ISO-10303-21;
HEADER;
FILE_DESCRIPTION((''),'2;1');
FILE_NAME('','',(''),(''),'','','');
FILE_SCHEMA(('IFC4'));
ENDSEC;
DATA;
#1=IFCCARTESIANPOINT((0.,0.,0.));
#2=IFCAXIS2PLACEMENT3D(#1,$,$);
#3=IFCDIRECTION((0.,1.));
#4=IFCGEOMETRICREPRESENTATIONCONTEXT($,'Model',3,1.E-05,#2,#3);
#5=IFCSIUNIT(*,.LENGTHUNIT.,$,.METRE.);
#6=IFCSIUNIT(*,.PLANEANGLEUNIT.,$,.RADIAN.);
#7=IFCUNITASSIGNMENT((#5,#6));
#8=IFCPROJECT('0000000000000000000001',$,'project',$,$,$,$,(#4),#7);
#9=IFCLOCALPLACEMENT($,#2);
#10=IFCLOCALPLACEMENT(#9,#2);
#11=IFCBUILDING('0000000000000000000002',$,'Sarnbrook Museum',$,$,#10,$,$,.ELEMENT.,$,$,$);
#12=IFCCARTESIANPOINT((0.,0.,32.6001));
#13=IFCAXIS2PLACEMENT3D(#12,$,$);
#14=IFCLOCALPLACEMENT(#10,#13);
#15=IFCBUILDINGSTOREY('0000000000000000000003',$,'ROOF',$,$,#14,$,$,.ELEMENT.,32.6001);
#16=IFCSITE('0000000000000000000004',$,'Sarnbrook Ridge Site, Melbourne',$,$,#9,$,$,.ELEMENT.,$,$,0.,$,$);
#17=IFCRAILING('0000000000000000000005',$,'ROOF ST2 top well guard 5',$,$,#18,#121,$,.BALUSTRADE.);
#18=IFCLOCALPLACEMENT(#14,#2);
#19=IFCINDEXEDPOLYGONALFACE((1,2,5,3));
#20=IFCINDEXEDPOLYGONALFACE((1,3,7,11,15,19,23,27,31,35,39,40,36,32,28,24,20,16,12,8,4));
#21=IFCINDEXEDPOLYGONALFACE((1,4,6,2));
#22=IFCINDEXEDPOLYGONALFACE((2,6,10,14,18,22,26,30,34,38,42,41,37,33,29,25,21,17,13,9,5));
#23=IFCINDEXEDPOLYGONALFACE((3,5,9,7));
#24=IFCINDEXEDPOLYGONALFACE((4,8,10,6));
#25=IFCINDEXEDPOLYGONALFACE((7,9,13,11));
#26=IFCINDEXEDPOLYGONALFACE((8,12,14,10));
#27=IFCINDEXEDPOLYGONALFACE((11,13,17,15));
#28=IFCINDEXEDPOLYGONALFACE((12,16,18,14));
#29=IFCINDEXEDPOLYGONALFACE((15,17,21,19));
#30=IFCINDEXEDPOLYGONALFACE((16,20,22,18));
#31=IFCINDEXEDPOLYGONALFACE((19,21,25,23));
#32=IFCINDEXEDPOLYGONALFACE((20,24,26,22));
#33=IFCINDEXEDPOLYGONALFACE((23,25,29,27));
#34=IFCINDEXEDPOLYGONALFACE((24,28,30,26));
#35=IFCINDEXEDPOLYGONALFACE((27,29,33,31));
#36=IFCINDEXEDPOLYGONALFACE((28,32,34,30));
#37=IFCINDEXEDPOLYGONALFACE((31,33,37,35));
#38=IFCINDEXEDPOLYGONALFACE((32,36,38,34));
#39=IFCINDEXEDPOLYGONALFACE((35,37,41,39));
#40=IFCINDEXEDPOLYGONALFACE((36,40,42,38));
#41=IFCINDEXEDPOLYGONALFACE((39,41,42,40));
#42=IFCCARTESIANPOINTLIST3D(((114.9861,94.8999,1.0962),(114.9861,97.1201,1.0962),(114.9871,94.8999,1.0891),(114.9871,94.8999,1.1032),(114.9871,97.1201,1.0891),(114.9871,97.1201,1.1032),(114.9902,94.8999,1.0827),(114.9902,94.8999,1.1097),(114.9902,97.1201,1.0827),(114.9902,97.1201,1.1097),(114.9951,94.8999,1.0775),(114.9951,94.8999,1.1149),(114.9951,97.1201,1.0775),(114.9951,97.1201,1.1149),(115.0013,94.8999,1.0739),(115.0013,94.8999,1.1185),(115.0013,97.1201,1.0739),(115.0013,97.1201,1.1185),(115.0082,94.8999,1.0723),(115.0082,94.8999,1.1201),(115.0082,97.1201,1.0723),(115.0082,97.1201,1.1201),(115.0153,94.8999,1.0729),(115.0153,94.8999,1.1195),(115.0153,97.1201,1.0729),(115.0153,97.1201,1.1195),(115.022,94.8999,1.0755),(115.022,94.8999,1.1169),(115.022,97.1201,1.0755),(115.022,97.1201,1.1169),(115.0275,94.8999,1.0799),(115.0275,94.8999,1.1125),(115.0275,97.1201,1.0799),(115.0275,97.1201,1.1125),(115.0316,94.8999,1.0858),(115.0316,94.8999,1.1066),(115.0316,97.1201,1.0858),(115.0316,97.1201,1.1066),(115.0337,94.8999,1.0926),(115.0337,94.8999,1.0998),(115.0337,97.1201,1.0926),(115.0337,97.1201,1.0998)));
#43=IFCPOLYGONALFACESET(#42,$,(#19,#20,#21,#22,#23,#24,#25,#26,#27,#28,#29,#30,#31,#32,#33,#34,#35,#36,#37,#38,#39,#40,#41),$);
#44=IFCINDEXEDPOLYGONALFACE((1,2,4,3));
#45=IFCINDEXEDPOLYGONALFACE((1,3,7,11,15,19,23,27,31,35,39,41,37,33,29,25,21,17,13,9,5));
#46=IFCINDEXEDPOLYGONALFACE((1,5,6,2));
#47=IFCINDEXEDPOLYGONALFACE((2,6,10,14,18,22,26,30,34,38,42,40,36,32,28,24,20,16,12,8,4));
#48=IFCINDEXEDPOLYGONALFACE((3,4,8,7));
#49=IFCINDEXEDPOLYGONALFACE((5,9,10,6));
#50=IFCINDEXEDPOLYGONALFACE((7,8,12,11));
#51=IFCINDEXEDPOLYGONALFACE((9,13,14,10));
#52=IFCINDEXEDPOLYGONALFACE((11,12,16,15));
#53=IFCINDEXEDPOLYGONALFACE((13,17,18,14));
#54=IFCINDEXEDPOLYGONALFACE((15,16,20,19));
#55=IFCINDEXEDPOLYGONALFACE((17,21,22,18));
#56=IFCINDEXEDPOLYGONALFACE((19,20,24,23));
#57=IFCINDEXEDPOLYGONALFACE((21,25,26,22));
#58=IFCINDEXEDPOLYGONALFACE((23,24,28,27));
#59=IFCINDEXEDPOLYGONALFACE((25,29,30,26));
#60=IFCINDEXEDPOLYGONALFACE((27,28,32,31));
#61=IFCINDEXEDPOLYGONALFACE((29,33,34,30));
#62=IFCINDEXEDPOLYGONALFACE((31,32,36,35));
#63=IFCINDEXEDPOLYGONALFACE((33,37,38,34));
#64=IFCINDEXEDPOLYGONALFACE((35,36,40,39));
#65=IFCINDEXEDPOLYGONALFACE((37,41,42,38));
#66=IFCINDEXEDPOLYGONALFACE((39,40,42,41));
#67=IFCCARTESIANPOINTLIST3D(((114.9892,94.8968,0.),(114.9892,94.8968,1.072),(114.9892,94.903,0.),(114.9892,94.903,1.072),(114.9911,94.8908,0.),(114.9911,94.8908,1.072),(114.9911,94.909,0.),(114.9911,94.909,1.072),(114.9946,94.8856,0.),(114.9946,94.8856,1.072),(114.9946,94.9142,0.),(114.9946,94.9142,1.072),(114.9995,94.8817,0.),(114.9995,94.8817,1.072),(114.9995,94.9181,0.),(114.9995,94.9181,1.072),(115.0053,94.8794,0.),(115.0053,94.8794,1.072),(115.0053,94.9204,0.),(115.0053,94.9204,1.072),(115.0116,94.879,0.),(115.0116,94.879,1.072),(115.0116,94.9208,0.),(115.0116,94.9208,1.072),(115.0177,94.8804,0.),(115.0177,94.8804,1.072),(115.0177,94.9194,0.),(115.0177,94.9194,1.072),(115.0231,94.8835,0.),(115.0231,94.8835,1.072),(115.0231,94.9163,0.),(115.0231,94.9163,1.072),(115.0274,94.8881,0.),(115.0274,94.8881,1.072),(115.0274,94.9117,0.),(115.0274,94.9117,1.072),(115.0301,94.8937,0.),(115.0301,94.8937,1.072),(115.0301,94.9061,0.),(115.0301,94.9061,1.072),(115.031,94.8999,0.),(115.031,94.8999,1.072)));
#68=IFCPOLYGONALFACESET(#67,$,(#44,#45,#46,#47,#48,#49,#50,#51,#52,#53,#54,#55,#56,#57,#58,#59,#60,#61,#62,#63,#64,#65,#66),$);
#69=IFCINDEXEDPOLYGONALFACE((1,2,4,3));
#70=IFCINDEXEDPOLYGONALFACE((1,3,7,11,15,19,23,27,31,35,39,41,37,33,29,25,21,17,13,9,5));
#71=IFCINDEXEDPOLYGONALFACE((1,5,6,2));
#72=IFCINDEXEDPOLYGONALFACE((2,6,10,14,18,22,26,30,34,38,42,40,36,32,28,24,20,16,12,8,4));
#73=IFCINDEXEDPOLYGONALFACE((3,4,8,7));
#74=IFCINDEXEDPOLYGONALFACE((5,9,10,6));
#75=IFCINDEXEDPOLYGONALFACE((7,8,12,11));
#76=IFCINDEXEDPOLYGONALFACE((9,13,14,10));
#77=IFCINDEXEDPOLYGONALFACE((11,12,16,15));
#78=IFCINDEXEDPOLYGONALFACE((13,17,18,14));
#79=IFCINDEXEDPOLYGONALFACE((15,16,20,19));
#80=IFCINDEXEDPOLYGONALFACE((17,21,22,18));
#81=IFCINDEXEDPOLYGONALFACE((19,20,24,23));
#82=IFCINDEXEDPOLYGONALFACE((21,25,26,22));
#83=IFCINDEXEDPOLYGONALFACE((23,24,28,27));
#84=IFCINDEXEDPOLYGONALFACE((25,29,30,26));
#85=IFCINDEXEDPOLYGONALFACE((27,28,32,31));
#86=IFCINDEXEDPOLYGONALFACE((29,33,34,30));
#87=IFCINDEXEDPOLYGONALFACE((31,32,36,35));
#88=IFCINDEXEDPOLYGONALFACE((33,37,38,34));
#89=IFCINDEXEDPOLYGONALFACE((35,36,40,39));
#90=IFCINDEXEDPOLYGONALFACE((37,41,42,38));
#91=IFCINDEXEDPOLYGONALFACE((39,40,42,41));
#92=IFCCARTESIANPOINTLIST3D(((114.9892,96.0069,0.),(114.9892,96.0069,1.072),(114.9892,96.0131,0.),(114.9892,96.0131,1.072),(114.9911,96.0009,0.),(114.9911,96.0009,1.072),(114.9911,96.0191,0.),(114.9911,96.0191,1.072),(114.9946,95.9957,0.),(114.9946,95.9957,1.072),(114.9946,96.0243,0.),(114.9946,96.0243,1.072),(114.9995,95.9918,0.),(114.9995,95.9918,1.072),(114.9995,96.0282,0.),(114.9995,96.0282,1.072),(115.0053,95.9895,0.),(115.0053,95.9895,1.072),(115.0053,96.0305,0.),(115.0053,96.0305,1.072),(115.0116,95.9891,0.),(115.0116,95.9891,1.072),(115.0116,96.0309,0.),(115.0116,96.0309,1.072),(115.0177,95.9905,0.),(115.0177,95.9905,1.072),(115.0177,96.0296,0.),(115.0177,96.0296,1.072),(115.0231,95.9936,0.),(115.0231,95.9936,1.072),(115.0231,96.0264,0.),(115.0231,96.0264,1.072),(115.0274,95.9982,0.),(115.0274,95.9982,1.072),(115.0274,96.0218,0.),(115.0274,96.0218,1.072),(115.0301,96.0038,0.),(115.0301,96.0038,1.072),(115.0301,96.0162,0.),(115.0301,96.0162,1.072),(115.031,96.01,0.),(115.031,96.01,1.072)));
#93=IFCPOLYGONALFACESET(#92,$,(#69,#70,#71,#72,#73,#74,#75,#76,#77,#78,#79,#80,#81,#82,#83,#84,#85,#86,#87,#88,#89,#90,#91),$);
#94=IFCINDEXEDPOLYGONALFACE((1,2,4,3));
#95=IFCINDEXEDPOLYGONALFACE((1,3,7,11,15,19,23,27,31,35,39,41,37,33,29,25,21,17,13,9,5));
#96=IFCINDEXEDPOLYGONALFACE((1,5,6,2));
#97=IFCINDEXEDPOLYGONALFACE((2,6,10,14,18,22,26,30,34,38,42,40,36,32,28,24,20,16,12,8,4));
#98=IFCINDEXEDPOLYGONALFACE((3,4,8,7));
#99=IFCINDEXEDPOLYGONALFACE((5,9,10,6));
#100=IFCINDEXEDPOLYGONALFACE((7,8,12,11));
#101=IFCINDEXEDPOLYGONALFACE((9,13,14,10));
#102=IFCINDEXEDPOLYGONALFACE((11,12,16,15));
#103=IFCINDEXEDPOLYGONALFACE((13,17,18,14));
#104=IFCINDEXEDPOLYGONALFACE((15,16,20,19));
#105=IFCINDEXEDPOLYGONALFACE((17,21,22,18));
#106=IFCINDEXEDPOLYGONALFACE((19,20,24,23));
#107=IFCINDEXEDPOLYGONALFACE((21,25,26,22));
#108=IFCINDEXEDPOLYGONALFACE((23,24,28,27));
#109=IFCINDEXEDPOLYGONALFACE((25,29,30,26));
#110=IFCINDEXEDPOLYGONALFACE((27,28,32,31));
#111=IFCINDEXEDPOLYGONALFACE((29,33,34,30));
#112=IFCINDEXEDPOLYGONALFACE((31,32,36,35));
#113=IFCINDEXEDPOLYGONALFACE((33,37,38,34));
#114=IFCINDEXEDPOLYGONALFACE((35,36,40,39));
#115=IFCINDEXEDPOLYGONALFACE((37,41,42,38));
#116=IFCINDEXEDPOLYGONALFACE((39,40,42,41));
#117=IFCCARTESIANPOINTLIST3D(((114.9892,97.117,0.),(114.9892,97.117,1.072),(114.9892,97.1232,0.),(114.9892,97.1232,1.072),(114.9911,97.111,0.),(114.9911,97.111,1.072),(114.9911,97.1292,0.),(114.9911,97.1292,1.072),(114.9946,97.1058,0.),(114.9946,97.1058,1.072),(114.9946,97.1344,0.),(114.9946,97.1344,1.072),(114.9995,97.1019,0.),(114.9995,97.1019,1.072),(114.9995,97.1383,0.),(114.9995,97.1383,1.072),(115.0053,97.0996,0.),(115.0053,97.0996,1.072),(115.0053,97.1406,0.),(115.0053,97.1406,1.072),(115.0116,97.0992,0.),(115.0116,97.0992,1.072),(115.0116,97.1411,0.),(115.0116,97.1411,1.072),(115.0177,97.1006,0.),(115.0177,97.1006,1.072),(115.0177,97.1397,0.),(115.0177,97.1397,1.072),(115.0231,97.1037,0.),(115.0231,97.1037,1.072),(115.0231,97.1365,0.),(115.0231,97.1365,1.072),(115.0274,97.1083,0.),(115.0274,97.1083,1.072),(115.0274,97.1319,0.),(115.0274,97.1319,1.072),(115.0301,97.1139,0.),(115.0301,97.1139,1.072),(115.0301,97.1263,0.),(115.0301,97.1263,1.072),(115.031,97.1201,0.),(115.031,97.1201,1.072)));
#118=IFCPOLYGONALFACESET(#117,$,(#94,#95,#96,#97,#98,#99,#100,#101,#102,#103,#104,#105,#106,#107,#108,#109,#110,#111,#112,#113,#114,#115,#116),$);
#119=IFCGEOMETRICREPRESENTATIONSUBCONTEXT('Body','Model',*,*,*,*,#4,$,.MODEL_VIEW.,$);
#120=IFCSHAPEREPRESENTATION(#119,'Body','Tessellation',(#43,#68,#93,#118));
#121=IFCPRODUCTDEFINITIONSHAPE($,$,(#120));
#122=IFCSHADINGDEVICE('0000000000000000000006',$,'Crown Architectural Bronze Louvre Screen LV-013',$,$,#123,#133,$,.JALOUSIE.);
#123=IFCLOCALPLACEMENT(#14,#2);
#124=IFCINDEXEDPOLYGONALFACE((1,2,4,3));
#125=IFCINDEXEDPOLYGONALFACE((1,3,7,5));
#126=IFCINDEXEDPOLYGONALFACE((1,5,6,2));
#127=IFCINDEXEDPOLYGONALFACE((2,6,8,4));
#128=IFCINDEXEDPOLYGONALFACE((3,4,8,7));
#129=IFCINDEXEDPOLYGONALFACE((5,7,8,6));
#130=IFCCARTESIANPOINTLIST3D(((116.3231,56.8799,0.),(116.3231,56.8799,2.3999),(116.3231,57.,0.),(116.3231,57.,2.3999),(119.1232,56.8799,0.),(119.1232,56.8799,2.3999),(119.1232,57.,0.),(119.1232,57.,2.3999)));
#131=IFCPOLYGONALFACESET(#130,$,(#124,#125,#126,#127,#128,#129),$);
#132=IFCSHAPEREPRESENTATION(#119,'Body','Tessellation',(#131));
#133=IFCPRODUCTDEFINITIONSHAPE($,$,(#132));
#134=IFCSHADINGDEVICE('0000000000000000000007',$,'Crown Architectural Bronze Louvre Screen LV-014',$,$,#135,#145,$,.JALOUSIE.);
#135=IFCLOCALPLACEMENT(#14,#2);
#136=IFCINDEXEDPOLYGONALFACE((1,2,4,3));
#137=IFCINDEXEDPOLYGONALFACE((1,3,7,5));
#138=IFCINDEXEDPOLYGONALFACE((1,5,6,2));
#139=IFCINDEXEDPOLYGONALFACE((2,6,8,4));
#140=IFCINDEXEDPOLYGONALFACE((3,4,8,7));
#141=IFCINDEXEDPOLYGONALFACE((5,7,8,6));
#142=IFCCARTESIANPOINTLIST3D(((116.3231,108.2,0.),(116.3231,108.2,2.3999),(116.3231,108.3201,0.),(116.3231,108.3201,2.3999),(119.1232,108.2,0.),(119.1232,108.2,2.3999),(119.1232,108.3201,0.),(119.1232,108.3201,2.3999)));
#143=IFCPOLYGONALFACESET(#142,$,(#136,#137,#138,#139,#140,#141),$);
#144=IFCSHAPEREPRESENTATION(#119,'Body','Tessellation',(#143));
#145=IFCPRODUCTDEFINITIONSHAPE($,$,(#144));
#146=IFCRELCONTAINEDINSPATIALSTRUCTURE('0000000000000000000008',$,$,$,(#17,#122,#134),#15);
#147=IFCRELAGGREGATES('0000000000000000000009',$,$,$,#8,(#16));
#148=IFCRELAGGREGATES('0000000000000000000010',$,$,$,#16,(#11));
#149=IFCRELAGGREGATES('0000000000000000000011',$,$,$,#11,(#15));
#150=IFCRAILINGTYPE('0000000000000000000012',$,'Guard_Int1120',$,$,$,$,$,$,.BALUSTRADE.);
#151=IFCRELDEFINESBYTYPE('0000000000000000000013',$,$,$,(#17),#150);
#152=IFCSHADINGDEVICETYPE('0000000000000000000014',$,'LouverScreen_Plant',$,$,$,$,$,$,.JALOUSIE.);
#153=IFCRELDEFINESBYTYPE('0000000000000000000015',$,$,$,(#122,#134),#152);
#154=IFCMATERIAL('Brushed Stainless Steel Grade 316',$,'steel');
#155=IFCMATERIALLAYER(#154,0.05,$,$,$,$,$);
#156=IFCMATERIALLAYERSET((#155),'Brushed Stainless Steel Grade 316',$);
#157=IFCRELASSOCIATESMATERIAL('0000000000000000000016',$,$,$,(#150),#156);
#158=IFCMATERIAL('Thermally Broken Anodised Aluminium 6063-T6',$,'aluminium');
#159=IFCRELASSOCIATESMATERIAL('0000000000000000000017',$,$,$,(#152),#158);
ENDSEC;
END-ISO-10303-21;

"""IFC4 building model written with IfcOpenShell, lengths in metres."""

from ifc_helpers import new_model, si_unit, direction, frame, origin, origin_2d, place, context, subcontext, project, spatial, rectangle, circle, extrude, material, layer, layer_set, type_object, element, save


model = new_model("IFC4")

# Units and contexts
model_context = context("Model", 3, precision=1e-05, world=origin(), true_north=direction((0.0, 1.0)))
body_context = subcontext(model_context, "Body", "Model", "MODEL_VIEW")
ifc_project = project(units=[si_unit("LENGTHUNIT", "METRE"), si_unit("PLANEANGLEUNIT", "RADIAN")], contexts=[model_context])

# Site, building, storey
site_placement = place(None, origin())
site = spatial("IfcSite", under=ifc_project, at=site_placement, Name="Sarnbrook Ridge Site, Melbourne", CompositionType="ELEMENT", RefElevation=0.0)
building_placement = place(site_placement, origin())
building = spatial("IfcBuilding", under=site, at=building_placement, Name="Sarnbrook Museum", CompositionType="ELEMENT")
storey_placement = place(building_placement, frame((0.0, 0.0, 32.6001)))
storey = spatial("IfcBuildingStorey", under=building, at=storey_placement, Name="ROOF", CompositionType="ELEMENT", Elevation=32.6001)

# Shared definitions
ifc_material_1 = material(Name="Brushed Stainless Steel Grade 316", Category="steel")

# Railing
ifc_layer_1 = layer(ifc_material_1, 0.05)
ifc_layer_set_1 = layer_set([ifc_layer_1], Name="Brushed Stainless Steel Grade 316")
railing_type = type_object("IfcRailingType", Name="Guard_Int1120", PredefinedType="BALUSTRADE", material=ifc_layer_set_1)
railing_1_placement = place(storey_placement, frame((115.01, 94.8999, 0.0)))
element("IfcRailing", 1, at=railing_1_placement, inside=storey, type_object=railing_type, Name="ROOF ST2 top well guard 5", PredefinedType="BALUSTRADE", context=body_context, shape_type="SweptSolid", body=[
    extrude(circle(Radius=0.0239, at=origin_2d()), frame((0.0, 0.0, 1.0962), z_axis=(0.0, 1.0, 0.0), x_axis=(-1.0, 0.0, 0.0)), (0.0, 0.0, 1.0), 2.2202),
    extrude(circle(Radius=0.021, at=origin_2d()), origin(), (0.0, 0.0, 1.0), 1.072),
    extrude(circle(Radius=0.021, at=origin_2d()), frame((0.0, 1.1101, 0.0)), (0.0, 0.0, 1.0), 1.072),
    extrude(circle(Radius=0.021, at=origin_2d()), frame((0.0, 2.2202, 0.0)), (0.0, 0.0, 1.0), 1.072),
])

# Shading devices
ifc_material_2 = material(Name="Thermally Broken Anodised Aluminium 6063-T6", Category="aluminium")
shading_device_type = type_object("IfcShadingDeviceType", Name="LouverScreen_Plant", PredefinedType="JALOUSIE", material=ifc_material_2)
for number, where, z_axis, x_axis, name in (
    (2, (117.7231, 56.9399, 0.0), (0.0, 0.0, 1.0), (1.0, 0.0, 0.0), "Crown Architectural Bronze Louvre Screen LV-013"),
    (3, (117.7231, 108.26, 0.0), (0.0, 0.0, 1.0), (-1.0, 0.0, 0.0), "Crown Architectural Bronze Louvre Screen LV-014"),
):
    element("IfcShadingDevice", number, at=place(storey_placement, frame(where, z_axis=z_axis, x_axis=x_axis)), inside=storey, type_object=shading_device_type, Name=name, PredefinedType="JALOUSIE", context=body_context, shape_type="SweptSolid", body=[
        extrude(rectangle(XDim=2.8, YDim=0.1201, at=origin_2d()), origin(), (0.0, 0.0, 1.0), 2.3999),
    ])

save(model, "model.ifc")
